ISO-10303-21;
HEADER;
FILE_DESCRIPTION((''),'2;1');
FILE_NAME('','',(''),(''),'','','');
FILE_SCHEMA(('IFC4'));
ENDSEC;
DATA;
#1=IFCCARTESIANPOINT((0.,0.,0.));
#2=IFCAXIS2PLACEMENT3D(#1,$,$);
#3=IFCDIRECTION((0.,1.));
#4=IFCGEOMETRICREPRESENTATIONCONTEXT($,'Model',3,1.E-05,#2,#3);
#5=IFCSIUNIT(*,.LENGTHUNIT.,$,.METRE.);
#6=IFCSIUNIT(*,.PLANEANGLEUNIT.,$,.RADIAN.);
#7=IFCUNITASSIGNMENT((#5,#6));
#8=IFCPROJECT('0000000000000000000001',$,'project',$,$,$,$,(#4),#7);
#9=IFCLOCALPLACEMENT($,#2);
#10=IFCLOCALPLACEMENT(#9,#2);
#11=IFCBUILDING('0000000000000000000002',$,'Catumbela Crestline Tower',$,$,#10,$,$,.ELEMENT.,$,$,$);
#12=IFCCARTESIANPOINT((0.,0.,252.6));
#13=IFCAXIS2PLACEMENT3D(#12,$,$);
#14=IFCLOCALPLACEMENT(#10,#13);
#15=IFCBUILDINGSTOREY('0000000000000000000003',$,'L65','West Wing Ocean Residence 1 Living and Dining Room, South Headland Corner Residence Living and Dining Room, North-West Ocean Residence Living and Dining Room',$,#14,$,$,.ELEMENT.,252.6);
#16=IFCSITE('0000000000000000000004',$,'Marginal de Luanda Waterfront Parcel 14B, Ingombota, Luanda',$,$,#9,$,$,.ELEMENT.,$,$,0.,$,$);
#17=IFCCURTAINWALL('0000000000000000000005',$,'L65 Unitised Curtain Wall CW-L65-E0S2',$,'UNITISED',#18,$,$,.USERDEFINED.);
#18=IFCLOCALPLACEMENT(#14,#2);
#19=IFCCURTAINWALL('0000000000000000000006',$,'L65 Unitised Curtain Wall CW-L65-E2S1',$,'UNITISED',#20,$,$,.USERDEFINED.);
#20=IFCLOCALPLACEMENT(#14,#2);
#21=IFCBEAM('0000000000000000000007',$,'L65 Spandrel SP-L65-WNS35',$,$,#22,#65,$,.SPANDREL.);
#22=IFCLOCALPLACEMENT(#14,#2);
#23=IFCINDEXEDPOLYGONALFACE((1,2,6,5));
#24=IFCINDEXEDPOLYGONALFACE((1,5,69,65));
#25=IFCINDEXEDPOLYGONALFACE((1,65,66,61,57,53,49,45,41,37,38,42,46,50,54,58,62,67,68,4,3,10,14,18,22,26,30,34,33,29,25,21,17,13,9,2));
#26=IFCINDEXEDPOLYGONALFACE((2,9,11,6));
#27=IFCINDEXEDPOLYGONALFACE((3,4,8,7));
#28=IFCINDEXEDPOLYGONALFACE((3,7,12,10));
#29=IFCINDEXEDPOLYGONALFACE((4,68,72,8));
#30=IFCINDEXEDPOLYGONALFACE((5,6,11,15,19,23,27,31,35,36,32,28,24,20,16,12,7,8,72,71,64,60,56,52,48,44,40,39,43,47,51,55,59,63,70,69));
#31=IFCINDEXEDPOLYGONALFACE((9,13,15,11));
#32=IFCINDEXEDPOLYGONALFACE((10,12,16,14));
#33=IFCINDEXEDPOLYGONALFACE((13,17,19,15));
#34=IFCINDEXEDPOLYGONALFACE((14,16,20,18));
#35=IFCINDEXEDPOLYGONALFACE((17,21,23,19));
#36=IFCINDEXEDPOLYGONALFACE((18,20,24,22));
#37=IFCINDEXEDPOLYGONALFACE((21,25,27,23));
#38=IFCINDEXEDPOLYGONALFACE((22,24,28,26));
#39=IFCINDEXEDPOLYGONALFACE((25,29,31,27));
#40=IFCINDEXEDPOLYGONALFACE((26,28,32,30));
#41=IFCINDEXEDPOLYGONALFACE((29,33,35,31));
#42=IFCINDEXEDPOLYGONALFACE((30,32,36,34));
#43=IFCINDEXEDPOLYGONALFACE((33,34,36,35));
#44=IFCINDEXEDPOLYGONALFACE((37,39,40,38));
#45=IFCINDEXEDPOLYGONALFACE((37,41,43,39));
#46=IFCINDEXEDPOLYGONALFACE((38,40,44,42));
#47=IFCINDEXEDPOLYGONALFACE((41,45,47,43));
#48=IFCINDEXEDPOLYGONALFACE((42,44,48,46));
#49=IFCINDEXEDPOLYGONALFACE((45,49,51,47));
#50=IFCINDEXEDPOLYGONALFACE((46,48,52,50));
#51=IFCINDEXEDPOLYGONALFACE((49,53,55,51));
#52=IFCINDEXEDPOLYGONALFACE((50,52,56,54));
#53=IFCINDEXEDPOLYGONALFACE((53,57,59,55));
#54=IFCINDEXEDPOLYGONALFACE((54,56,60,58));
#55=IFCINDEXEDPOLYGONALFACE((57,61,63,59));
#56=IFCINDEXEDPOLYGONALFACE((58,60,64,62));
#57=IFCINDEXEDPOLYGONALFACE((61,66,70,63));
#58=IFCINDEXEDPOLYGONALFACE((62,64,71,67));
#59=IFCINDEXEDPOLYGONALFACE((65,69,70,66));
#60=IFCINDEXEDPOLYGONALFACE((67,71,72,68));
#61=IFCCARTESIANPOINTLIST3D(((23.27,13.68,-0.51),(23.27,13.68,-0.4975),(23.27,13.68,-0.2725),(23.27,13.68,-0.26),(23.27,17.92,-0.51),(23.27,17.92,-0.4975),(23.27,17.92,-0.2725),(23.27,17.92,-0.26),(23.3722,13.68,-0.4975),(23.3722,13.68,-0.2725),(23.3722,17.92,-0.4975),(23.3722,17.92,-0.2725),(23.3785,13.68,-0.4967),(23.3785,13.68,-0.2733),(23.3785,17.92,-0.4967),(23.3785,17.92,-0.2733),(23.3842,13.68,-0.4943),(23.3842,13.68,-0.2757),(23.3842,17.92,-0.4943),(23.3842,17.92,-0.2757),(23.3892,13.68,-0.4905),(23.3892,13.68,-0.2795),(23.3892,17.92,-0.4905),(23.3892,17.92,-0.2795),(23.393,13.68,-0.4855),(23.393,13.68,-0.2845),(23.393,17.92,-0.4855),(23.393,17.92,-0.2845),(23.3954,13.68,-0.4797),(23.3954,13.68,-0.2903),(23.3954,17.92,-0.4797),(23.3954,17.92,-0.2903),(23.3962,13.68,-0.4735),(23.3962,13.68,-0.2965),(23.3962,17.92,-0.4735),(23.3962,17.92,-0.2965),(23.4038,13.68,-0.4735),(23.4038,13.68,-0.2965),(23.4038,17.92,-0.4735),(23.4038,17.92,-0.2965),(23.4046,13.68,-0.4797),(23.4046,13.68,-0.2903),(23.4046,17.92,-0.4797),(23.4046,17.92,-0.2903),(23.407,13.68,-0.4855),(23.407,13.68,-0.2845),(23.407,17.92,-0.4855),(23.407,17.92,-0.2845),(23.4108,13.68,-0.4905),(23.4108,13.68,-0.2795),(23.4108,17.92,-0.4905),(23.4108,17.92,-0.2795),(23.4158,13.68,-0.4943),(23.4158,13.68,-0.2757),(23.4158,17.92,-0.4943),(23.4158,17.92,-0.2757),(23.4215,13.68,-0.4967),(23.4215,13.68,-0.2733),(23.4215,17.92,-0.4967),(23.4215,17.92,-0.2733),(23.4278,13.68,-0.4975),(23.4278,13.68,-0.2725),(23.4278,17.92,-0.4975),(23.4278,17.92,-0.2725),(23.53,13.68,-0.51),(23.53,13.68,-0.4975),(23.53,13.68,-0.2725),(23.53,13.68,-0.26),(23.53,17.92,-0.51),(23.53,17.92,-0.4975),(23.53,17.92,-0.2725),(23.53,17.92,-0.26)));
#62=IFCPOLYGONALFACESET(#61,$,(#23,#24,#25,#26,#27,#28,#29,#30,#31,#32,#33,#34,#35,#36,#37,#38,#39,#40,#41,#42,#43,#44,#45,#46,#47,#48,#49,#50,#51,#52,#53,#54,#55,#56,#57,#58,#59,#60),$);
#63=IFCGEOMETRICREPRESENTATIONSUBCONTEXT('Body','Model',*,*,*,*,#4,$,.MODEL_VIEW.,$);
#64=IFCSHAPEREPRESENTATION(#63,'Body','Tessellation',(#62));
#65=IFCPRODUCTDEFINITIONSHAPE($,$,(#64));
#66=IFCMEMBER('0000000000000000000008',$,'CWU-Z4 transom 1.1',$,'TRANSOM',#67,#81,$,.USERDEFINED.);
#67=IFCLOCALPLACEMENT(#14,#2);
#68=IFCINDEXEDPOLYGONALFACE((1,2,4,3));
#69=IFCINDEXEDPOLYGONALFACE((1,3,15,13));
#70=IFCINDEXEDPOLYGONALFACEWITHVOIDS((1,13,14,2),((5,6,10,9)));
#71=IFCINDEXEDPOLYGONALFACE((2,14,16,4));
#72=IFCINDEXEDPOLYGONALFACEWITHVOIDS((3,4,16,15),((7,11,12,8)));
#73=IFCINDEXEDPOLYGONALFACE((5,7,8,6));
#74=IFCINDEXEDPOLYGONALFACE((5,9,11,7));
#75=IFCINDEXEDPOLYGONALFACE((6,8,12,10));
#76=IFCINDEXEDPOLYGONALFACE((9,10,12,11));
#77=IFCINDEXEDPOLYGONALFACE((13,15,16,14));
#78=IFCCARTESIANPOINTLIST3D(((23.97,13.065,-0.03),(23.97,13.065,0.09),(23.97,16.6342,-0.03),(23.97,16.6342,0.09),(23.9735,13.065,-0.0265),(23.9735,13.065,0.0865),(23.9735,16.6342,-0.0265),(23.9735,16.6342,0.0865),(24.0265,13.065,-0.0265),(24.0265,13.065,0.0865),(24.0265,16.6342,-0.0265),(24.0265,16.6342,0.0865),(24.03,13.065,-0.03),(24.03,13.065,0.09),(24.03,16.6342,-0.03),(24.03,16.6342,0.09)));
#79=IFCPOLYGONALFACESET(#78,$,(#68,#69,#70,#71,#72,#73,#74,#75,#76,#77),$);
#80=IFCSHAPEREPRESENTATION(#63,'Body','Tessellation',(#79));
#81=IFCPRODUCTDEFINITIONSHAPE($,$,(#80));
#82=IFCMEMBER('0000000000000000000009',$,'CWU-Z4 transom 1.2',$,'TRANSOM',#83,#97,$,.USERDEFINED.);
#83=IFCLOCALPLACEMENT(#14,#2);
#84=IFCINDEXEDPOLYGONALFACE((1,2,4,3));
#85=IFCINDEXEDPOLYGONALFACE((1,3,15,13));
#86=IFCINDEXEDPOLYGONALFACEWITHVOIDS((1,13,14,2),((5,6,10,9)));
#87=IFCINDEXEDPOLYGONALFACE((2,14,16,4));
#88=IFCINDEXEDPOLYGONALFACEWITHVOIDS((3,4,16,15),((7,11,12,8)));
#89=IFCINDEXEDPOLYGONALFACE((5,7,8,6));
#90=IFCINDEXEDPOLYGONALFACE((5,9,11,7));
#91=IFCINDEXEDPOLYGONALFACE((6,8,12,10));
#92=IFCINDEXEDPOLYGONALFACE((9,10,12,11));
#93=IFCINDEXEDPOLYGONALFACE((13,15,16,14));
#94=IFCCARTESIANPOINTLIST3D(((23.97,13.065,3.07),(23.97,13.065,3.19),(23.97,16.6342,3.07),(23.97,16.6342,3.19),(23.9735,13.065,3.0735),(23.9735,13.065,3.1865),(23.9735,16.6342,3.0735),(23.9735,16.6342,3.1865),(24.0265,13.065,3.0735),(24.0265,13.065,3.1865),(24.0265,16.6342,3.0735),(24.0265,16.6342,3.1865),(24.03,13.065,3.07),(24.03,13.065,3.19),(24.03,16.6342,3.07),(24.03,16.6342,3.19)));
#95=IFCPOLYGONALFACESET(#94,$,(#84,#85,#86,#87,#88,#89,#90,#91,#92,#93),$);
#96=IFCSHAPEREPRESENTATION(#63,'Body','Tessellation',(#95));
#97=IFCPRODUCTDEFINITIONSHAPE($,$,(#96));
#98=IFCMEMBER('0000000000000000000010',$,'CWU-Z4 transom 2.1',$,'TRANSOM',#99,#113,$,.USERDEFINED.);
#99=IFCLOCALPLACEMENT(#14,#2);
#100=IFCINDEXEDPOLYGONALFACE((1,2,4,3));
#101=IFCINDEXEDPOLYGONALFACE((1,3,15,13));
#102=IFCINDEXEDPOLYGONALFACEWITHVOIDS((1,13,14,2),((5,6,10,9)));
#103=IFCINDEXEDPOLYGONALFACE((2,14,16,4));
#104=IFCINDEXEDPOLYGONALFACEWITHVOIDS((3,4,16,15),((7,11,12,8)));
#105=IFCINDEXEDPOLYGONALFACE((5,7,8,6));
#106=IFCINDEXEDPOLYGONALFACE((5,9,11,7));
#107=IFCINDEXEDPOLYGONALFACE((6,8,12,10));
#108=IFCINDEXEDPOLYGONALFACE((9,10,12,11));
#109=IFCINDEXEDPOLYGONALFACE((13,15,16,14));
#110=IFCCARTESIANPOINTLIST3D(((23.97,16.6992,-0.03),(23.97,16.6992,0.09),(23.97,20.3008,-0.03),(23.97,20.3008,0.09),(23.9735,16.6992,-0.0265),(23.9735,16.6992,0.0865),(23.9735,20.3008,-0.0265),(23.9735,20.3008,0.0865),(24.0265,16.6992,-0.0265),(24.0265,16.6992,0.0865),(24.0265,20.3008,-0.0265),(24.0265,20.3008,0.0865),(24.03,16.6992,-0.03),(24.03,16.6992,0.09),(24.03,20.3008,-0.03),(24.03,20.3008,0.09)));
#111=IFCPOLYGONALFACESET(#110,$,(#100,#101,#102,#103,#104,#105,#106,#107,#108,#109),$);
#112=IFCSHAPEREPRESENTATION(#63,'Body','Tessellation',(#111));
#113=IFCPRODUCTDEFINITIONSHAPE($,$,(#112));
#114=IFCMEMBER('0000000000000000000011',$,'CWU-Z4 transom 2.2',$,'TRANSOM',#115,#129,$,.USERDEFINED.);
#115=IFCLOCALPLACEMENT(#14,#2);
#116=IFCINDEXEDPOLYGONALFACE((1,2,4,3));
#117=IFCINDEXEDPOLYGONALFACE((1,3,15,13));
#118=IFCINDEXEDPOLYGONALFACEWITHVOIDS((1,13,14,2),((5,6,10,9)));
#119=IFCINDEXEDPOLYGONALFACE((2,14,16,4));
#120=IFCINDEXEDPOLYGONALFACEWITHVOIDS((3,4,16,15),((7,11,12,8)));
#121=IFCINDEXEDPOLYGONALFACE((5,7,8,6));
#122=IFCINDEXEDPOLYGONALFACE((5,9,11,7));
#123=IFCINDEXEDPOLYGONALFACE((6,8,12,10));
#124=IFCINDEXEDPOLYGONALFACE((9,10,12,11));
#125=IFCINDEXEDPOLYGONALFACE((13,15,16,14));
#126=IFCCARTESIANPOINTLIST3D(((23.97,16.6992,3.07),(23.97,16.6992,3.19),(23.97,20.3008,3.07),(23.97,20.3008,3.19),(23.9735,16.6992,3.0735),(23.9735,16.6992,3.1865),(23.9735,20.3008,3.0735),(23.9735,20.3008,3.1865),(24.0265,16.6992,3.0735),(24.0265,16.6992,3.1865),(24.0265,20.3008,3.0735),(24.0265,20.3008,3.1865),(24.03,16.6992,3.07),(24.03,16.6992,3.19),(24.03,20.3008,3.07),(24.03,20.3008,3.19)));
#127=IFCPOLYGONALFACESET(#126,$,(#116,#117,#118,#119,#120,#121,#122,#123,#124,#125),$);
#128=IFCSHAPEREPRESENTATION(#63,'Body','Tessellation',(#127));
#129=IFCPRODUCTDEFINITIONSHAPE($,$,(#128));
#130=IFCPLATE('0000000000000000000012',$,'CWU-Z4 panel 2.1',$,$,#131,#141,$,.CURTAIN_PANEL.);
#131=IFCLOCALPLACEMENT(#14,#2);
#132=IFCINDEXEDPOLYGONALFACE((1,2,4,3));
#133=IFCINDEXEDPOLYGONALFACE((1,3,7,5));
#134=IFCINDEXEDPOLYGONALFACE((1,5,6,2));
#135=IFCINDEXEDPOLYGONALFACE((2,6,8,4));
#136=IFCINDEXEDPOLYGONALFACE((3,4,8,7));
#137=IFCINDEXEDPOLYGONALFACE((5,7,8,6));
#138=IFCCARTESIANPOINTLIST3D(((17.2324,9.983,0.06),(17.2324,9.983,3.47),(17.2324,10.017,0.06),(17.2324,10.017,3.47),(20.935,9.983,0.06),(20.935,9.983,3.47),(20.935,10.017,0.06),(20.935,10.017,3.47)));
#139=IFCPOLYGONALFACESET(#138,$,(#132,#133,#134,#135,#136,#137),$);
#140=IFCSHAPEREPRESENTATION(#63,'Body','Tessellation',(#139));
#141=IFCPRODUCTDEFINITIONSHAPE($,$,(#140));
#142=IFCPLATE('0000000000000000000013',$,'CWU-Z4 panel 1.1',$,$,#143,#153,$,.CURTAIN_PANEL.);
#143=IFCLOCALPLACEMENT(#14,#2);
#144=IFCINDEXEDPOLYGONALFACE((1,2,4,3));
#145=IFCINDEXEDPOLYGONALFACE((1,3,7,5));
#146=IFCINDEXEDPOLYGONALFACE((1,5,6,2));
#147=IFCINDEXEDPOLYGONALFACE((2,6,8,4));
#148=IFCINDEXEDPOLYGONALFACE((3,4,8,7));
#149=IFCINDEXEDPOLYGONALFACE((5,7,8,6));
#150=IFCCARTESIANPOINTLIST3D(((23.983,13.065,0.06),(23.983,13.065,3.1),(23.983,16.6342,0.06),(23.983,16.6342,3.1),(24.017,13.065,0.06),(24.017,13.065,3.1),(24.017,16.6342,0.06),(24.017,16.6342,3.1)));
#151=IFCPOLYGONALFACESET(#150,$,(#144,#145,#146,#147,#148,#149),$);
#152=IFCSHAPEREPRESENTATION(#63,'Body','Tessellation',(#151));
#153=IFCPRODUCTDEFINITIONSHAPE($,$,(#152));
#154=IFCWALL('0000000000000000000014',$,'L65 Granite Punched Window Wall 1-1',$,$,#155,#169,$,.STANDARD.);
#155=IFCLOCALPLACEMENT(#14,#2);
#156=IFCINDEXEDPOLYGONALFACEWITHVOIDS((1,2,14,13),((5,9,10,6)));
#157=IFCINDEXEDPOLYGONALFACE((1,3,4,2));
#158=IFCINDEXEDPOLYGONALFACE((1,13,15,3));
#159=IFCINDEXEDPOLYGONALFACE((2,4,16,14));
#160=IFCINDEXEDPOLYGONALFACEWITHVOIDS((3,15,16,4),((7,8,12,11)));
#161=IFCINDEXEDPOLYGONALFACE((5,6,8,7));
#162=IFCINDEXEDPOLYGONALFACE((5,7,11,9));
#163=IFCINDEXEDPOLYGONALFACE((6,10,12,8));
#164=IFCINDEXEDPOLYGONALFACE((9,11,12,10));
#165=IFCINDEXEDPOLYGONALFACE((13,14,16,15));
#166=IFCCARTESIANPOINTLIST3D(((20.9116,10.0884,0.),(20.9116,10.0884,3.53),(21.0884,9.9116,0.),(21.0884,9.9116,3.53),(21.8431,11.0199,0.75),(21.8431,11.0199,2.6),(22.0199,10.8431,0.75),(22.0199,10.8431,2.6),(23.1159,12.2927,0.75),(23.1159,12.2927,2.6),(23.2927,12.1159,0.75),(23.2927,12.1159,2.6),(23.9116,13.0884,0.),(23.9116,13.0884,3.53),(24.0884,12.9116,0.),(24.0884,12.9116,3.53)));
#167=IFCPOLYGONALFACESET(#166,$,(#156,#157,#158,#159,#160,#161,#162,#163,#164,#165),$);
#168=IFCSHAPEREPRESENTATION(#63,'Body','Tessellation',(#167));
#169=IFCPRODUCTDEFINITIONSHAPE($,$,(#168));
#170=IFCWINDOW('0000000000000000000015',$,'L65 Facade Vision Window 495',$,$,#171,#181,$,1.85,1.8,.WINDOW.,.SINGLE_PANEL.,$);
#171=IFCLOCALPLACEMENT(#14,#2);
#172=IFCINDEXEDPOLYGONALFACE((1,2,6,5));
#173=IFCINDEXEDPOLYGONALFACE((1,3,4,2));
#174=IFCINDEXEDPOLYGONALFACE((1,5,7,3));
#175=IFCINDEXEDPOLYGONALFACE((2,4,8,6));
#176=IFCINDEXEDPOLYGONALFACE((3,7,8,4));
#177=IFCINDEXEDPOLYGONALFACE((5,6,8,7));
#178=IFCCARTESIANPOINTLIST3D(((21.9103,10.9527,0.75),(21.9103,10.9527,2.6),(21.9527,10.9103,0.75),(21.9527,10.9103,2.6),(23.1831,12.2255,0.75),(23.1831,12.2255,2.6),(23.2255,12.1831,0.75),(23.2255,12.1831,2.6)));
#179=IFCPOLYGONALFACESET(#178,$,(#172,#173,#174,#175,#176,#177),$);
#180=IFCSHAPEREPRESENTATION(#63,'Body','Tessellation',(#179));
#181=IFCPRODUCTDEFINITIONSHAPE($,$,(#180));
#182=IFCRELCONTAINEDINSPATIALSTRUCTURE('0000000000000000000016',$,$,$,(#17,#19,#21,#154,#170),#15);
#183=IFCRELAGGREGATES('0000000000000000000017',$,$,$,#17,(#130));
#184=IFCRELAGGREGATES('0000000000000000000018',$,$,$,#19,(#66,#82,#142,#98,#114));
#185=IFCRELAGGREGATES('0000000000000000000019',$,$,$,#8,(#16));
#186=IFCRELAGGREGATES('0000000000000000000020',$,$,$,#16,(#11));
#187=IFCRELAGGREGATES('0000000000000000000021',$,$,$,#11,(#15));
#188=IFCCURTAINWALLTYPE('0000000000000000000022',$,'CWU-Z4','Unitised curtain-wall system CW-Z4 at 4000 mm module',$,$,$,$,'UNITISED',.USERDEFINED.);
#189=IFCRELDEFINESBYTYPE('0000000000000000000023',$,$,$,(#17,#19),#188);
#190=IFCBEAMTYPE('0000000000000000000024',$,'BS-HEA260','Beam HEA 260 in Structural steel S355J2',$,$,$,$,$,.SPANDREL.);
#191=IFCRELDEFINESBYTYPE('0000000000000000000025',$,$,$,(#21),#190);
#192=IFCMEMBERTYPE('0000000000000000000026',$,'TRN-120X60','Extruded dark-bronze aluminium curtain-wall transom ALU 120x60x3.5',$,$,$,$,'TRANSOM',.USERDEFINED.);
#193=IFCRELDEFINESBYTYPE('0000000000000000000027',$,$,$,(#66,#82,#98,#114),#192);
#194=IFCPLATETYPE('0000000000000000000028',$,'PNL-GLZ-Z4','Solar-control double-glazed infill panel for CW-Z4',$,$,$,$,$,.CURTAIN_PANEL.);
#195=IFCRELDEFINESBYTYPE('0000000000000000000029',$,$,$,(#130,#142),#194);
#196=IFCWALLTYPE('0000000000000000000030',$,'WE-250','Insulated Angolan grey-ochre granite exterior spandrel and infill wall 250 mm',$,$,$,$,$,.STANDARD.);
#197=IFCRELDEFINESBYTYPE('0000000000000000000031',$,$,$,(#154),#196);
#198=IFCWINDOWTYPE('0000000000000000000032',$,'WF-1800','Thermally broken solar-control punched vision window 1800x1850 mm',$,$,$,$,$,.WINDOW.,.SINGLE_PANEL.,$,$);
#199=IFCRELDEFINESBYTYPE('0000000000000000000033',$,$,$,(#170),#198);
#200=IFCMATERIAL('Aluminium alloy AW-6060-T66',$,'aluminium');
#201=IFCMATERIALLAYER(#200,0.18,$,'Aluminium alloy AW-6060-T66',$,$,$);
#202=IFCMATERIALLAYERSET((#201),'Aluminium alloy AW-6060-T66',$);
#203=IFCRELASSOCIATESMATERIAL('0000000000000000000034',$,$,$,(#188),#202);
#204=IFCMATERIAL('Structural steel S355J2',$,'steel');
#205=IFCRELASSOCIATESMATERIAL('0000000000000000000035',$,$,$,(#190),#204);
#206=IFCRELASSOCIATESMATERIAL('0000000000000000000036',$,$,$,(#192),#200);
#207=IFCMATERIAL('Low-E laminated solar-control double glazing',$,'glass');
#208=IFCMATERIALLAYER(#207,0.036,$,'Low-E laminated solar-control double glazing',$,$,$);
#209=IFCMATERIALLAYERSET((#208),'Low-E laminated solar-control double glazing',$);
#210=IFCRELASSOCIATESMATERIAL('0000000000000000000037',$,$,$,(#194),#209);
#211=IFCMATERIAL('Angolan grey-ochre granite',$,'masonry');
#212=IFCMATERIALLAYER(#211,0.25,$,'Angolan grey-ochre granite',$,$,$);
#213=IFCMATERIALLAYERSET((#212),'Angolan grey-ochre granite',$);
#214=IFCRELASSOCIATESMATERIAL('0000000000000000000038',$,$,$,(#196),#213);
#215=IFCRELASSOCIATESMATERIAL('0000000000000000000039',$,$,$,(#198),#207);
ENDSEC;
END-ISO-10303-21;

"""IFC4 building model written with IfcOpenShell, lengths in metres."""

from ifc_helpers import new_model, si_unit, direction, frame, frame_2d, origin, origin_2d, place, context, subcontext, project, spatial, rectangle, hollow_rectangle, i_section, extrude, material, layer, layer_set, material_profile, profile_set, type_object, element, fill, aggregate, save


model = new_model("IFC4")

# Units and contexts
model_context = context("Model", 3, precision=1e-05, world=origin(), true_north=direction((0.0, 1.0)))
body_context = subcontext(model_context, "Body", "Model", "MODEL_VIEW")
ifc_project = project(units=[si_unit("LENGTHUNIT", "METRE"), si_unit("PLANEANGLEUNIT", "RADIAN")], contexts=[model_context])

# Site, building, storey
site_placement = place(None, origin())
site = spatial("IfcSite", under=ifc_project, at=site_placement, Name="Marginal de Luanda Waterfront Parcel 14B, Ingombota, Luanda", CompositionType="ELEMENT", RefElevation=0.0)
building_placement = place(site_placement, origin())
building = spatial("IfcBuilding", under=site, at=building_placement, Name="Catumbela Crestline Tower", CompositionType="ELEMENT")
storey_placement = place(building_placement, frame((0.0, 0.0, 252.6)))
storey = spatial("IfcBuildingStorey", under=building, at=storey_placement, Name="L65", Description="West Wing Ocean Residence 1 Living and Dining Room, South Headland Corner Residence Living and Dining Room, North-West Ocean Residence Living and Dining Room", CompositionType="ELEMENT", Elevation=252.6)

# Shared definitions
ifc_material_1 = material(Name="Structural steel S355J2", Category="steel")

# Curtain wall
ifc_material_2 = material(Name="Aluminium alloy AW-6060-T66", Category="aluminium")
ifc_layer_1 = layer(ifc_material_2, 0.18, Name="Aluminium alloy AW-6060-T66")
ifc_layer_set_1 = layer_set([ifc_layer_1], Name="Aluminium alloy AW-6060-T66")
curtain_wall_type = type_object("IfcCurtainWallType", Name="CWU-Z4", Description="Unitised curtain-wall system CW-Z4 at 4000 mm module", ElementType="UNITISED", PredefinedType="USERDEFINED", material=ifc_layer_set_1)
curtain_wall_1_placement = place(storey_placement, origin())
curtain_wall_1 = element("IfcCurtainWall", 1, at=curtain_wall_1_placement, inside=storey, type_object=curtain_wall_type, Name="L65 Unitised Curtain Wall CW-L65-E0S2", ObjectType="UNITISED", PredefinedType="USERDEFINED")

# Curtain wall
curtain_wall_2_placement = place(storey_placement, origin())
curtain_wall_2 = element("IfcCurtainWall", 2, at=curtain_wall_2_placement, inside=storey, type_object=curtain_wall_type, Name="L65 Unitised Curtain Wall CW-L65-E2S1", ObjectType="UNITISED", PredefinedType="USERDEFINED")

# Beam
ifc_material_profile_1 = material_profile(ifc_material_1, i_section(OverallWidth=0.26, OverallDepth=0.25, WebThickness=0.0075, FlangeThickness=0.0125, FilletRadius=0.024, at=origin_2d()), Name="HEA 260")
ifc_profile_set_1 = profile_set([ifc_material_profile_1], Name="Structural steel S355J2")
beam_type_1 = type_object("IfcBeamType", Name="BS-HEA260", Description="Beam HEA 260 in Structural steel S355J2", PredefinedType="SPANDREL", material=ifc_profile_set_1)
beam_placement = place(storey_placement, frame((23.4, 13.68, -0.385), z_axis=(0.0, 1.0, 0.0), x_axis=(-1.0, 0.0, 0.0)))
element("IfcBeam", 3, at=beam_placement, inside=storey, type_object=beam_type_1, Name="L65 Spandrel SP-L65-WNS35", PredefinedType="SPANDREL", context=body_context, shape_type="SweptSolid", body=[
    extrude(i_section(OverallWidth=0.26, OverallDepth=0.25, WebThickness=0.0075, FlangeThickness=0.0125, FilletRadius=0.024, at=origin_2d()), origin(), (0.0, 0.0, 1.0), 4.24),
])

# Members
ifc_material_profile_2 = material_profile(ifc_material_2, hollow_rectangle(XDim=0.06, YDim=0.12, WallThickness=0.0035, at=origin_2d()), Name="ALU 120x60x3.5")
ifc_profile_set_2 = profile_set([ifc_material_profile_2], Name="Aluminium alloy AW-6060-T66")
member_type_1 = type_object("IfcMemberType", Name="TRN-120X60", Description="Extruded dark-bronze aluminium curtain-wall transom ALU 120x60x3.5", ElementType="TRANSOM", PredefinedType="USERDEFINED", material=ifc_profile_set_2)
member_1_placement = place(storey_placement, frame((24.0, 13.065, 0.03), z_axis=(0.0, 1.0, 0.0), x_axis=(-1.0, 0.0, 0.0)))
member_1 = element("IfcMember", 4, at=member_1_placement, type_object=member_type_1, Name="CWU-Z4 transom 1.1", ObjectType="TRANSOM", PredefinedType="USERDEFINED", context=body_context, shape_type="SweptSolid", body=[
    extrude(hollow_rectangle(XDim=0.06, YDim=0.12, WallThickness=0.0035, at=origin_2d()), origin(), (0.0, 0.0, 1.0), 3.5692),
])
member_2_placement = place(storey_placement, frame((24.0, 13.065, 3.13), z_axis=(0.0, 1.0, 0.0), x_axis=(-1.0, 0.0, 0.0)))
member_2 = element("IfcMember", 5, at=member_2_placement, type_object=member_type_1, Name="CWU-Z4 transom 1.2", ObjectType="TRANSOM", PredefinedType="USERDEFINED", context=body_context, shape_type="SweptSolid", body=[
    extrude(hollow_rectangle(XDim=0.06, YDim=0.12, WallThickness=0.0035, at=origin_2d()), origin(), (0.0, 0.0, 1.0), 3.5692),
])
member_3_placement = place(storey_placement, frame((24.0, 16.6992, 0.03), z_axis=(0.0, 1.0, 0.0), x_axis=(-1.0, 0.0, 0.0)))
member_3 = element("IfcMember", 6, at=member_3_placement, type_object=member_type_1, Name="CWU-Z4 transom 2.1", ObjectType="TRANSOM", PredefinedType="USERDEFINED", context=body_context, shape_type="SweptSolid", body=[
    extrude(hollow_rectangle(XDim=0.06, YDim=0.12, WallThickness=0.0035, at=origin_2d()), origin(), (0.0, 0.0, 1.0), 3.6016),
])
member_4_placement = place(storey_placement, frame((24.0, 16.6992, 3.13), z_axis=(0.0, 1.0, 0.0), x_axis=(-1.0, 0.0, 0.0)))
member_4 = element("IfcMember", 7, at=member_4_placement, type_object=member_type_1, Name="CWU-Z4 transom 2.2", ObjectType="TRANSOM", PredefinedType="USERDEFINED", context=body_context, shape_type="SweptSolid", body=[
    extrude(hollow_rectangle(XDim=0.06, YDim=0.12, WallThickness=0.0035, at=origin_2d()), origin(), (0.0, 0.0, 1.0), 3.6016),
])

# Plates
ifc_material_3 = material(Name="Low-E laminated solar-control double glazing", Category="glass")
ifc_layer_2 = layer(ifc_material_3, 0.036, Name="Low-E laminated solar-control double glazing")
ifc_layer_set_2 = layer_set([ifc_layer_2], Name="Low-E laminated solar-control double glazing")
plate_type = type_object("IfcPlateType", Name="PNL-GLZ-Z4", Description="Solar-control double-glazed infill panel for CW-Z4", PredefinedType="CURTAIN_PANEL", material=ifc_layer_set_2)
plate_1_placement = place(storey_placement, frame((19.0837, 10.0, 0.06), z_axis=(0.0, 0.0, 1.0), x_axis=(1.0, 0.0, 0.0)))
plate_1 = element("IfcPlate", 8, at=plate_1_placement, type_object=plate_type, Name="CWU-Z4 panel 2.1", PredefinedType="CURTAIN_PANEL", context=body_context, shape_type="SweptSolid", body=[
    extrude(rectangle(XDim=3.7025, YDim=0.034, at=origin_2d()), origin(), (0.0, 0.0, 1.0), 3.41),
])
aggregate(curtain_wall_1, [plate_1])
plate_2_placement = place(storey_placement, frame((24.0, 14.8496, 0.06), z_axis=(0.0, 0.0, 1.0), x_axis=(0.0, 1.0, 0.0)))
plate_2 = element("IfcPlate", 9, at=plate_2_placement, type_object=plate_type, Name="CWU-Z4 panel 1.1", PredefinedType="CURTAIN_PANEL", context=body_context, shape_type="SweptSolid", body=[
    extrude(rectangle(XDim=3.5692, YDim=0.034, at=origin_2d()), origin(), (0.0, 0.0, 1.0), 3.04),
])
aggregate(curtain_wall_2, [member_1, member_2, plate_2, member_3, member_4])

# Wall, opening, window
ifc_material_4 = material(Name="Angolan grey-ochre granite", Category="masonry")
ifc_layer_3 = layer(ifc_material_4, 0.25, Name="Angolan grey-ochre granite")
ifc_layer_set_3 = layer_set([ifc_layer_3], Name="Angolan grey-ochre granite")
wall_type_1 = type_object("IfcWallType", Name="WE-250", Description="Insulated Angolan grey-ochre granite exterior spandrel and infill wall 250 mm", PredefinedType="STANDARD", material=ifc_layer_set_3)
wall_1_placement = place(storey_placement, frame((21.0, 10.0, 0.0), z_axis=(0.0, 0.0, 1.0), x_axis=(0.707107, 0.707107, 0.0)))
wall_1 = element("IfcWall", 10, at=wall_1_placement, inside=storey, type_object=wall_type_1, Name="L65 Granite Punched Window Wall 1-1", PredefinedType="STANDARD", context=body_context, shape_type="SweptSolid", body=[
    extrude(rectangle(XDim=4.2426, YDim=0.25, at=frame_2d((2.1213, 0.0))), origin(), (0.0, 0.0, 1.0), 3.53),
])
opening_1_placement = place(wall_1_placement, frame((1.3173, 0.0, 0.75)))
opening_1 = element("IfcOpeningElement", 11, at=opening_1_placement, cuts=wall_1, PredefinedType="OPENING", context=body_context, shape_type="SweptSolid", body=[
    extrude(rectangle(XDim=1.8, YDim=1.85, at=frame_2d((0.9, 0.925))), frame((0.0, 0.135, 0.0), z_axis=(0.0, -1.0, 0.0), x_axis=(1.0, 0.0, 0.0)), (0.0, 0.0, 1.0), 0.27),
])
window_type = type_object("IfcWindowType", Name="WF-1800", Description="Thermally broken solar-control punched vision window 1800x1850 mm", PartitioningType="SINGLE_PANEL", PredefinedType="WINDOW", material=ifc_material_3)
window_placement = place(opening_1_placement, origin())
window = element("IfcWindow", 12, at=window_placement, inside=storey, type_object=window_type, Name="L65 Facade Vision Window 495", OverallHeight=1.85, OverallWidth=1.8, PartitioningType="SINGLE_PANEL", PredefinedType="WINDOW", context=body_context, shape_type="SweptSolid", body=[
    extrude(rectangle(XDim=1.8, YDim=1.85, at=frame_2d((0.9, 0.925))), frame((0.0, 0.03, 0.0), z_axis=(0.0, -1.0, 0.0), x_axis=(1.0, 0.0, 0.0)), (0.0, 0.0, 1.0), 0.06),
])
fill(opening_1, window)

save(model, "model.ifc")
